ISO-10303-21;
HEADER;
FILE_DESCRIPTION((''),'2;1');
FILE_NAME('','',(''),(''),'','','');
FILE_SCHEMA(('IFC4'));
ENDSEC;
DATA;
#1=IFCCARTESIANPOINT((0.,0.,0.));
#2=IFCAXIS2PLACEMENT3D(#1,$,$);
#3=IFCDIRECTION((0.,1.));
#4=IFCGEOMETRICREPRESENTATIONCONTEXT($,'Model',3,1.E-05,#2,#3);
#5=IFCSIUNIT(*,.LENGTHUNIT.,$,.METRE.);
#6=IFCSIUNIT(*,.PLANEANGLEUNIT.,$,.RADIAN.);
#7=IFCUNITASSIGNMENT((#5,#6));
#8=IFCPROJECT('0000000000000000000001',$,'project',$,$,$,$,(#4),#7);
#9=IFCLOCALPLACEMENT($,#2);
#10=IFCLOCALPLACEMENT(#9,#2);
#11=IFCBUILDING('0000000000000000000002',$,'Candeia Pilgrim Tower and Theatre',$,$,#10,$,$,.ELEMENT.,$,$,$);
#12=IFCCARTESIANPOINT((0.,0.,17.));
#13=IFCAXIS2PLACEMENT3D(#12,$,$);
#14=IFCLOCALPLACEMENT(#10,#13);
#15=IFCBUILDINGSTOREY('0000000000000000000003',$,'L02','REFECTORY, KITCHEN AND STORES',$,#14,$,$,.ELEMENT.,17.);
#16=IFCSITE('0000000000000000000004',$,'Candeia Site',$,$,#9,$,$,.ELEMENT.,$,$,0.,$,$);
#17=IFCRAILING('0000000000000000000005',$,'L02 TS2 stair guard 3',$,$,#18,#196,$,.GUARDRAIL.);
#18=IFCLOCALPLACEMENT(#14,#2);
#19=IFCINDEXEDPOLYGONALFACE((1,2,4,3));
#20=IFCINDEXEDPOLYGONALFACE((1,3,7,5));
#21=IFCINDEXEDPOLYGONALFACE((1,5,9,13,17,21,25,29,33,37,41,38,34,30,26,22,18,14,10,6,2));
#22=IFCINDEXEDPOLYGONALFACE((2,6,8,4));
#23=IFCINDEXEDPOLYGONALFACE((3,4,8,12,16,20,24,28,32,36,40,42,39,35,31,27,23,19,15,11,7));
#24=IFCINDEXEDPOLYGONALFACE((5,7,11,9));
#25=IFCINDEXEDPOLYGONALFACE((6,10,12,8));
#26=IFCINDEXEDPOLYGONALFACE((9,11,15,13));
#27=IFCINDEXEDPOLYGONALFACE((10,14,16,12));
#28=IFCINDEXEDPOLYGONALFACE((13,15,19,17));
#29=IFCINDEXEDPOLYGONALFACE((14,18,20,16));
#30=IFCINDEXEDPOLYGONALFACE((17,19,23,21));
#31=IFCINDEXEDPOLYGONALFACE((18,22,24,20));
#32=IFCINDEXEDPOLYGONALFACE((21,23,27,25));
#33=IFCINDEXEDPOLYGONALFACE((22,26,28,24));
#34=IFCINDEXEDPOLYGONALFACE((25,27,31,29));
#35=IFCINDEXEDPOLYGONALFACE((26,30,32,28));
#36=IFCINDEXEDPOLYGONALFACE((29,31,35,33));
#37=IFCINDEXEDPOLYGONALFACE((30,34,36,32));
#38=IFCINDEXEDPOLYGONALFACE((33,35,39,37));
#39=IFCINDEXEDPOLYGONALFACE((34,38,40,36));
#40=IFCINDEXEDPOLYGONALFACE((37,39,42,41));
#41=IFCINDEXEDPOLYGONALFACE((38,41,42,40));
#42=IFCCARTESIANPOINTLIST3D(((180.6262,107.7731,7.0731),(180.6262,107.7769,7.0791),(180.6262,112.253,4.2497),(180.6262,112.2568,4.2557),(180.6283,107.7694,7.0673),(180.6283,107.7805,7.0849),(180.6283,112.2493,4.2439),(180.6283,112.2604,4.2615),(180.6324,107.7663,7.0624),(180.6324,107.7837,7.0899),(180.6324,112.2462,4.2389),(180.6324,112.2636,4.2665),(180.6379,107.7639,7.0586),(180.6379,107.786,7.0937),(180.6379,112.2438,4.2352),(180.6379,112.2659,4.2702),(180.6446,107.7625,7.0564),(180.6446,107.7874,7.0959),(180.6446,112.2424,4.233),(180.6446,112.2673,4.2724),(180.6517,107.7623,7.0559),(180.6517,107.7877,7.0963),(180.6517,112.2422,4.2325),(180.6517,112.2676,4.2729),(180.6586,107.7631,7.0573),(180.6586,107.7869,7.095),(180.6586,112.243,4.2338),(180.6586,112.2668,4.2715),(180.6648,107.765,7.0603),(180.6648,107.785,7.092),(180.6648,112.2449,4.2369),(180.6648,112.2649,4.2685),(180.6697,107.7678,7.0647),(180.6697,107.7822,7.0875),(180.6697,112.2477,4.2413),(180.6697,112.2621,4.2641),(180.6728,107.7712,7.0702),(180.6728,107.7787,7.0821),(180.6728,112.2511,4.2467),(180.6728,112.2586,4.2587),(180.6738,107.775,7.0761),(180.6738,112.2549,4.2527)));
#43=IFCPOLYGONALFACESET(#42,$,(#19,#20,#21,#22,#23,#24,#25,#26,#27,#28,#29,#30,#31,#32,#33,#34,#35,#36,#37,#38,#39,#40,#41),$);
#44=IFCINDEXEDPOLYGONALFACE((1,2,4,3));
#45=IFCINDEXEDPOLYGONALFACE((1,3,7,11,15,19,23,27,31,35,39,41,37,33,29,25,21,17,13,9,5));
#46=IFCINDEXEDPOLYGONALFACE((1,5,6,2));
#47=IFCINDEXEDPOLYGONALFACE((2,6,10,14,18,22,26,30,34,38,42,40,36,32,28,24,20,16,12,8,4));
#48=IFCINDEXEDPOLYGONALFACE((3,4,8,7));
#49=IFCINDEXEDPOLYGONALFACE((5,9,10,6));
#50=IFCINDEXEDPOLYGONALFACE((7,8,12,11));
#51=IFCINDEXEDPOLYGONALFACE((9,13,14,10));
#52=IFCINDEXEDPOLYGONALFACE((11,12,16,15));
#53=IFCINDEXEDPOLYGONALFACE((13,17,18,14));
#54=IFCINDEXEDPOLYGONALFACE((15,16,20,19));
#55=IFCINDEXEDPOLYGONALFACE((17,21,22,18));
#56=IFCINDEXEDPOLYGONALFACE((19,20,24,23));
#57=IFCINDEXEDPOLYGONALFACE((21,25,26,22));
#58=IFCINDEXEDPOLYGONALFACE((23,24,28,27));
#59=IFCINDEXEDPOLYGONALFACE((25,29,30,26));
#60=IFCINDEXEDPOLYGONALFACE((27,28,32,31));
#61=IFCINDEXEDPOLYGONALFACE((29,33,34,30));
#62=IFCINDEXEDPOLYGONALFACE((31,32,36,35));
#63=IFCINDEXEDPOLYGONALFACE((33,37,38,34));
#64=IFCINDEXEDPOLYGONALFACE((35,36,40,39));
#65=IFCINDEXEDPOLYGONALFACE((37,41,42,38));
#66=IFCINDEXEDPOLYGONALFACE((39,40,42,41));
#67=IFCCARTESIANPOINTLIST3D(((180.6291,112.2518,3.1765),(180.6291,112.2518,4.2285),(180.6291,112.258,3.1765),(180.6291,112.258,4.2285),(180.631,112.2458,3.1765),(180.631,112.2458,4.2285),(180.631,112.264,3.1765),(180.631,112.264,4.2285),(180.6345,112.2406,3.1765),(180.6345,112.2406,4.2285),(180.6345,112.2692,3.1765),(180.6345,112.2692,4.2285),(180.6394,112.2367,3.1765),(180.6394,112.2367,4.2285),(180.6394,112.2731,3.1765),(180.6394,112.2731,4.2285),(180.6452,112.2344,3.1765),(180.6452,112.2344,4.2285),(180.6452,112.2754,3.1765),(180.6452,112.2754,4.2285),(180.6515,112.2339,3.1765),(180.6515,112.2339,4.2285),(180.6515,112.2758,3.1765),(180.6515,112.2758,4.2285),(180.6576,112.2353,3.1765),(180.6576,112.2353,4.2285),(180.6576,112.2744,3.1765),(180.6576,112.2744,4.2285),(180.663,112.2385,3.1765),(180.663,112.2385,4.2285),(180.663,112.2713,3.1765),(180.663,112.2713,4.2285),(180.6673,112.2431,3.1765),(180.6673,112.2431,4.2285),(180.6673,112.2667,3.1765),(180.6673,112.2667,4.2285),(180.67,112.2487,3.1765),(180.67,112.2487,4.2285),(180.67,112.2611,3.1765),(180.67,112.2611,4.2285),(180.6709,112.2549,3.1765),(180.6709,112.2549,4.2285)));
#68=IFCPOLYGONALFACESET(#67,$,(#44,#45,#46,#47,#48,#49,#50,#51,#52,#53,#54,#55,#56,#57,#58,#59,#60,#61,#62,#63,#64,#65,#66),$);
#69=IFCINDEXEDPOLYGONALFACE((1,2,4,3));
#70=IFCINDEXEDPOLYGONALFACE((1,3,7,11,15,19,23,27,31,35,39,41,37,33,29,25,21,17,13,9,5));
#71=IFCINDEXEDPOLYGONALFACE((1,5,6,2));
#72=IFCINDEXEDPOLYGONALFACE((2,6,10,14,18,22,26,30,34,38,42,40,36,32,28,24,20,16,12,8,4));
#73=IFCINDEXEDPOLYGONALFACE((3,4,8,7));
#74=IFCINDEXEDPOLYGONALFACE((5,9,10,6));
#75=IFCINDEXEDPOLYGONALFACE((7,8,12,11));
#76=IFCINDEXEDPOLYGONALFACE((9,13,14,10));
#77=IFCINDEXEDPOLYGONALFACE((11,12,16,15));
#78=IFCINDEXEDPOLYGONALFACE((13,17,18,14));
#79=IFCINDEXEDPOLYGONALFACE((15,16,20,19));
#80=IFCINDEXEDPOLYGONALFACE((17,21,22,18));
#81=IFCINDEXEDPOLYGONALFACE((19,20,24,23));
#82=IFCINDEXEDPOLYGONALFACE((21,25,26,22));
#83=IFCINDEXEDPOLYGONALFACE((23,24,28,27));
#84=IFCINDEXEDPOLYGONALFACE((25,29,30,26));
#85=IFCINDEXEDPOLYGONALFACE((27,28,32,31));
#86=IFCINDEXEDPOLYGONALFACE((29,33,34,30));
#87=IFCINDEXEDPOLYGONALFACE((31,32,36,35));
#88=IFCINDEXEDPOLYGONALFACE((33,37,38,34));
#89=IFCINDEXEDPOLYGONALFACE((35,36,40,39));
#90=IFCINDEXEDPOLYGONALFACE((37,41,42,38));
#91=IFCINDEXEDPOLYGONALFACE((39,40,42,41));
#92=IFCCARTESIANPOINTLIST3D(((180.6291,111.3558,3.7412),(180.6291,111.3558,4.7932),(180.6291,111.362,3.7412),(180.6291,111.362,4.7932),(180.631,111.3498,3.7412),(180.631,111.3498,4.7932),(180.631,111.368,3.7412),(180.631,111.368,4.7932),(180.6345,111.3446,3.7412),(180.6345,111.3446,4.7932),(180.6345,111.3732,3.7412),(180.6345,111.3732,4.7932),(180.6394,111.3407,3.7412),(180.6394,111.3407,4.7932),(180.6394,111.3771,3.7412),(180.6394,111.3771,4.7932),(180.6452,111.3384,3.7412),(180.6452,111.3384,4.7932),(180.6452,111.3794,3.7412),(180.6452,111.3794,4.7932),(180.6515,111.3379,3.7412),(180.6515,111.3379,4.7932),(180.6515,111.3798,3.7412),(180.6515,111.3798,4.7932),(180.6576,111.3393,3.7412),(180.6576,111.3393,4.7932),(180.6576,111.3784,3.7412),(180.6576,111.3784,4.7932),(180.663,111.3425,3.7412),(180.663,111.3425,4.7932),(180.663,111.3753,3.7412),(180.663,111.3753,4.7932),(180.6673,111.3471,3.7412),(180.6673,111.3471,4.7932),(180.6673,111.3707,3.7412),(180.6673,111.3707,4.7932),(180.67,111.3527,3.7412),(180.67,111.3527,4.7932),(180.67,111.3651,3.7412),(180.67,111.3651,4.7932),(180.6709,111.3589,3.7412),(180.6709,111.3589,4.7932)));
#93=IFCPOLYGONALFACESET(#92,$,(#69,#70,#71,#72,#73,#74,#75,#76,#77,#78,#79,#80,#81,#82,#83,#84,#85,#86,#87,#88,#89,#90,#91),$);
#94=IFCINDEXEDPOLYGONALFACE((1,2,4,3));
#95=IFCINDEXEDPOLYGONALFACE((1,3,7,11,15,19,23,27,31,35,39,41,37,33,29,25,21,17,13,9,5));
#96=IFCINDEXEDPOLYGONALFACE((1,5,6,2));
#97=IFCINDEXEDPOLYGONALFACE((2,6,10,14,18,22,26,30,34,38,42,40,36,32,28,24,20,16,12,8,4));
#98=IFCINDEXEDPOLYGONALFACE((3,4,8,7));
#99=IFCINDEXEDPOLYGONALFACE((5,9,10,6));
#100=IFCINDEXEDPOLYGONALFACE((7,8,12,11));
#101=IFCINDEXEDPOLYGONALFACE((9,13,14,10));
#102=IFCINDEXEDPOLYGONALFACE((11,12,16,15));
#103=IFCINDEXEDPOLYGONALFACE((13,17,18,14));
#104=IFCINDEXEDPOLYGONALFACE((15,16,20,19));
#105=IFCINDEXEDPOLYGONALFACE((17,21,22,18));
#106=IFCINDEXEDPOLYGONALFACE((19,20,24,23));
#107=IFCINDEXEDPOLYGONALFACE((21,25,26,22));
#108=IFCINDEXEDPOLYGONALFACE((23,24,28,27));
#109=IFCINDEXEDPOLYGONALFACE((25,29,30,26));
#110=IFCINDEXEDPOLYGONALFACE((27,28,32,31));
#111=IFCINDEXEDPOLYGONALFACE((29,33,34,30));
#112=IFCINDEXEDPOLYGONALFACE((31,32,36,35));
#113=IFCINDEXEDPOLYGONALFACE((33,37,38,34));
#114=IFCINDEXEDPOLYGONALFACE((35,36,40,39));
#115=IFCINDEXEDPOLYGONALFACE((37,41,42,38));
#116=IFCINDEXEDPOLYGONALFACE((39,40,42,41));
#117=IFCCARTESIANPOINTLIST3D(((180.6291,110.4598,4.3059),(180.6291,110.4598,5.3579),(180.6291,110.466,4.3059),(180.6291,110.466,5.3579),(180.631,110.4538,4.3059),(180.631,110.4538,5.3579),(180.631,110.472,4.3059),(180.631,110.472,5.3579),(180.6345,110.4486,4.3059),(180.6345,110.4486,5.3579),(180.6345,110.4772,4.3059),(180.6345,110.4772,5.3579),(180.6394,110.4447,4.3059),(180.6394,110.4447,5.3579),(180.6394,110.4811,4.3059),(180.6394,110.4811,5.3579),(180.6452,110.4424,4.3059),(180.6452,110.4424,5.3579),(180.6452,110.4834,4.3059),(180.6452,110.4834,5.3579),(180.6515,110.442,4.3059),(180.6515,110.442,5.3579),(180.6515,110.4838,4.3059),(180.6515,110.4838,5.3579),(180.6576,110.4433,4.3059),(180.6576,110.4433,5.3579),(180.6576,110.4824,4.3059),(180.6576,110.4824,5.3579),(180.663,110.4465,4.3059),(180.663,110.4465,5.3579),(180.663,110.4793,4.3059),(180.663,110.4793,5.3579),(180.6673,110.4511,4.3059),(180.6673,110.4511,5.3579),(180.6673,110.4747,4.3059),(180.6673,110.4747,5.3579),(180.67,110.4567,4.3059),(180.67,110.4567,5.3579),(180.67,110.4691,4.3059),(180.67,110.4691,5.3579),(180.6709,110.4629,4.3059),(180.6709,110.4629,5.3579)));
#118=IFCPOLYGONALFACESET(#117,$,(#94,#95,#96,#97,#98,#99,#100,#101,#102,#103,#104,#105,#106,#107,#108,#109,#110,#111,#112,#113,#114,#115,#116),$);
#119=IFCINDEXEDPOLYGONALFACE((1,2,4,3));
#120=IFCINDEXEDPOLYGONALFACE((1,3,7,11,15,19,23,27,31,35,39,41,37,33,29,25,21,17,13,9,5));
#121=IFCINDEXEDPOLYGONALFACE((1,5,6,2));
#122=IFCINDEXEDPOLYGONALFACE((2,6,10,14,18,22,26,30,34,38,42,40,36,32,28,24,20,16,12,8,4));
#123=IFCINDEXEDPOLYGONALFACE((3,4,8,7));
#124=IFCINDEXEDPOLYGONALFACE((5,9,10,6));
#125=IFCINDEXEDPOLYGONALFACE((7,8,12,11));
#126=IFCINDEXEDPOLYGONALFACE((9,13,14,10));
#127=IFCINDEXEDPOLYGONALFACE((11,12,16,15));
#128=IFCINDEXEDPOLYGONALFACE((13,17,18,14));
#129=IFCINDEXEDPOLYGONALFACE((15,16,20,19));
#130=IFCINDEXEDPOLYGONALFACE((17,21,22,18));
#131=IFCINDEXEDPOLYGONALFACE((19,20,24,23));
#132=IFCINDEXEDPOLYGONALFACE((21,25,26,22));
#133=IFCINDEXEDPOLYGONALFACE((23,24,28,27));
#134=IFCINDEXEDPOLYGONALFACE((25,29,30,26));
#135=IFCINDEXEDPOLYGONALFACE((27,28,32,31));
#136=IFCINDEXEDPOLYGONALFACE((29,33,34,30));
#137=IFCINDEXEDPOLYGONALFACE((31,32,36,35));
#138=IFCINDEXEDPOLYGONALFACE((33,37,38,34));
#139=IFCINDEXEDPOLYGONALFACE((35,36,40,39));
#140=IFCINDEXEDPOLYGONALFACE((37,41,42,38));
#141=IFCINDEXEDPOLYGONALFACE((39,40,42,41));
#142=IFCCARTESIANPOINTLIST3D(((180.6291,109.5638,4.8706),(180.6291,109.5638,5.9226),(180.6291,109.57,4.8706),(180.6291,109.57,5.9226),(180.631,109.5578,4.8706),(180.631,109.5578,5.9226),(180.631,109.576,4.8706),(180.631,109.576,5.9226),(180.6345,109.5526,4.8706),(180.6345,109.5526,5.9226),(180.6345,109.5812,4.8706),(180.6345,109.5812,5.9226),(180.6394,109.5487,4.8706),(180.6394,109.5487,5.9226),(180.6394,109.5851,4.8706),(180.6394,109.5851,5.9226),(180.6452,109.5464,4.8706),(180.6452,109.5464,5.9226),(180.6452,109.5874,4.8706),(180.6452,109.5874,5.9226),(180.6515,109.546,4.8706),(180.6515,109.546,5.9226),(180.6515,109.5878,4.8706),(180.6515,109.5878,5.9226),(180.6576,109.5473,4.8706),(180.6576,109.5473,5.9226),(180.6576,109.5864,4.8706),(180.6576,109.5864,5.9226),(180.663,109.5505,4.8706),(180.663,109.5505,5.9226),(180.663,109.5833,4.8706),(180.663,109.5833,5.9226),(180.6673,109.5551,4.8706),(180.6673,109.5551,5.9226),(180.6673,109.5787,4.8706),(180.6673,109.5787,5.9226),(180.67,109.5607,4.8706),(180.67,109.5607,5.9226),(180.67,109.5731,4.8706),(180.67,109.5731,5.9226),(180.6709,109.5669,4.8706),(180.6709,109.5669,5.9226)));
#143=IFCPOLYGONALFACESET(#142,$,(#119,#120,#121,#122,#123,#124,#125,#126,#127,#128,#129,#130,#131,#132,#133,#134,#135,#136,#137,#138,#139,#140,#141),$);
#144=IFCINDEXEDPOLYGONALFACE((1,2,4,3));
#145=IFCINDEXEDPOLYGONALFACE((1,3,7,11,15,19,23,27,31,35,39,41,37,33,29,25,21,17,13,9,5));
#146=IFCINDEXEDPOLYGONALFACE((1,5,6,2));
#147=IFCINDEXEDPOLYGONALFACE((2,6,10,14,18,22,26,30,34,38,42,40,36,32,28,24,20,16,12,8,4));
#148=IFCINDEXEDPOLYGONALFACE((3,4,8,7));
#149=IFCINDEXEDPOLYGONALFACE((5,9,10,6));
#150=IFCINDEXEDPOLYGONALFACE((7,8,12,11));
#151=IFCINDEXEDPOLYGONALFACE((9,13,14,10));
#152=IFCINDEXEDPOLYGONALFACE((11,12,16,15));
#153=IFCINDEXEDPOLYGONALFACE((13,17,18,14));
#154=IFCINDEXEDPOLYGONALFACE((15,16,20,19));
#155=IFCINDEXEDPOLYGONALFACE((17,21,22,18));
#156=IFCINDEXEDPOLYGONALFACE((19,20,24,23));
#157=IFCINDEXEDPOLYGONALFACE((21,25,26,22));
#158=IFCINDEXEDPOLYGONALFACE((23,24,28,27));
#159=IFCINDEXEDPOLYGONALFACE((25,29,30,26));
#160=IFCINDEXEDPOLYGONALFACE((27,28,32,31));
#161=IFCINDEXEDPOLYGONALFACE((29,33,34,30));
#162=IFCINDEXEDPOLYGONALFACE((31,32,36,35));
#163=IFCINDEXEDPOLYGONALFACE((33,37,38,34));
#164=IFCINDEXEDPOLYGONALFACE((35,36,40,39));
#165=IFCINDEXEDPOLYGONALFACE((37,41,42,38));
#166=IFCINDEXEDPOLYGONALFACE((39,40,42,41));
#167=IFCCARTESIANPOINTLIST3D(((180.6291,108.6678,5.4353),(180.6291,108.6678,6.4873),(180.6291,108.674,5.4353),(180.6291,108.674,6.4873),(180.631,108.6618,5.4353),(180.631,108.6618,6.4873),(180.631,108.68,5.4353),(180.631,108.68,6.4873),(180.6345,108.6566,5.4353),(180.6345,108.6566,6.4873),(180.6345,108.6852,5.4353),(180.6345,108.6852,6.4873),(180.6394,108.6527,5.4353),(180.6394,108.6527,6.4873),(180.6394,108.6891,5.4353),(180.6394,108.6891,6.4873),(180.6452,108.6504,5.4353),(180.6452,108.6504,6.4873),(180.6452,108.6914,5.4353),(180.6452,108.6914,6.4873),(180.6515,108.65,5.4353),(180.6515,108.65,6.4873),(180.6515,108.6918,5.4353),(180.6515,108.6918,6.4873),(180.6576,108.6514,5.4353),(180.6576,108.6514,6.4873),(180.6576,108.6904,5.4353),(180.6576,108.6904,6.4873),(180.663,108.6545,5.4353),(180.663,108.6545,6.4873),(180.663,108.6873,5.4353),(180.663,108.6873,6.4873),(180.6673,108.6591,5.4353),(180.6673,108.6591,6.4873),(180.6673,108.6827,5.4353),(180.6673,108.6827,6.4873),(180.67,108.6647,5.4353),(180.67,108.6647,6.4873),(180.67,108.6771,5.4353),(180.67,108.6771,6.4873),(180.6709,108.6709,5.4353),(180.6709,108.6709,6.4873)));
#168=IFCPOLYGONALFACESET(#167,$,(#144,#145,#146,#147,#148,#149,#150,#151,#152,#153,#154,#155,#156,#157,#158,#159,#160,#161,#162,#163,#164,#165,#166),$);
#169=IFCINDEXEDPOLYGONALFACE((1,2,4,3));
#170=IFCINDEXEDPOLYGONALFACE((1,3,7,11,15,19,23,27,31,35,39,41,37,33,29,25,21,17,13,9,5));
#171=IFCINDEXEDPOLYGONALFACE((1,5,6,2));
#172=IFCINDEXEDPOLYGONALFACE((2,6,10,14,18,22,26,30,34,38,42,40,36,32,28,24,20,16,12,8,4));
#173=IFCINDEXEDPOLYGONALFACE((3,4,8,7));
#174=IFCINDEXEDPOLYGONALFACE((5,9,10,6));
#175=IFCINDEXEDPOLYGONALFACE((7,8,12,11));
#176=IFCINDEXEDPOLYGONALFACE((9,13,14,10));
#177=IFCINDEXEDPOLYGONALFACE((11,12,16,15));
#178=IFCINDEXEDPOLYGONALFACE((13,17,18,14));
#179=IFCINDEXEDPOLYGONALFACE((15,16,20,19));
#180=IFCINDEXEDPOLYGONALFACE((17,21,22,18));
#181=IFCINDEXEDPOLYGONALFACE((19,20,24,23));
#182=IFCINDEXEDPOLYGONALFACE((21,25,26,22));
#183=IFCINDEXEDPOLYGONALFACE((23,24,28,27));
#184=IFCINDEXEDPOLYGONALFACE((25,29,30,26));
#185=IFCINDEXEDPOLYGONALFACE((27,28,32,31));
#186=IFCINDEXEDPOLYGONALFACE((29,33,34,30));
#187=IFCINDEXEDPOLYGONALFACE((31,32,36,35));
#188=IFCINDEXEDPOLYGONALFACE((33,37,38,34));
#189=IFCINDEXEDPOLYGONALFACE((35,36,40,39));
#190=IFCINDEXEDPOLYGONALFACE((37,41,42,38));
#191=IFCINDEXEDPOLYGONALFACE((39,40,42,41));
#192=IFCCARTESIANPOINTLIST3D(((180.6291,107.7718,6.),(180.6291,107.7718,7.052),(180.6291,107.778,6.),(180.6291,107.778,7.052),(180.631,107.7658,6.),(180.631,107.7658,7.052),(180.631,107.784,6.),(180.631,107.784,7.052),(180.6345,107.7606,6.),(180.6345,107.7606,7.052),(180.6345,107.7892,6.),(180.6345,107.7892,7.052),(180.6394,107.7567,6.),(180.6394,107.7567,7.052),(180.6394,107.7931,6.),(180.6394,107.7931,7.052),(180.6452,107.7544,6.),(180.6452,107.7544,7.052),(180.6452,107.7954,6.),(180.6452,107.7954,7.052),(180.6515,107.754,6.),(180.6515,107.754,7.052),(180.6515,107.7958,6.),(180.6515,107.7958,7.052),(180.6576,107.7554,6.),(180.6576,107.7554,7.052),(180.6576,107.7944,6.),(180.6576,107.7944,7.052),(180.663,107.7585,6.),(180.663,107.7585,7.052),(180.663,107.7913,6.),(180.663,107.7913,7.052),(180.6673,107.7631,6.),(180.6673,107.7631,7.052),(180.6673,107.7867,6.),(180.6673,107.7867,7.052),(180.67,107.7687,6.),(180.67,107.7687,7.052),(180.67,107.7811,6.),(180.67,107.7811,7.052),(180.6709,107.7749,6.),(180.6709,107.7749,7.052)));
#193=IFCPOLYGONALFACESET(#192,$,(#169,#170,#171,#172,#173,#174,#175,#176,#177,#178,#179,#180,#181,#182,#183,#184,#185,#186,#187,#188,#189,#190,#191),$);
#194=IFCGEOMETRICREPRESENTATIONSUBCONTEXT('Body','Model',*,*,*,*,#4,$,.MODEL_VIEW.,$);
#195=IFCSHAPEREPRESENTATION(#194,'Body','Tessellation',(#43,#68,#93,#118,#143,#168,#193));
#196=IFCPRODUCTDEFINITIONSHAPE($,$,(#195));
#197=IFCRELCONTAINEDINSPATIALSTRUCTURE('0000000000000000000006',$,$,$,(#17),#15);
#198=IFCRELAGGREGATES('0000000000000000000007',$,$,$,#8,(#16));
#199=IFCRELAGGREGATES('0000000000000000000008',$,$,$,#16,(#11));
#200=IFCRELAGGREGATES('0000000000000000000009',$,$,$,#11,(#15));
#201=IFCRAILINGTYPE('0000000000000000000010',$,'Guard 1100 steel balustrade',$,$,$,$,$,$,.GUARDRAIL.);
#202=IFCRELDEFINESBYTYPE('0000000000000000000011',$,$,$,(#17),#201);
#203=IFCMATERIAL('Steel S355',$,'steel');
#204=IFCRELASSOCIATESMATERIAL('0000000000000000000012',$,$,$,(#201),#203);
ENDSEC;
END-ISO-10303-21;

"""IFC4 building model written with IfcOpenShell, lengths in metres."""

from ifc_helpers import new_model, si_unit, direction, frame, origin, origin_2d, place, context, subcontext, project, spatial, circle, extrude, material, type_object, element, save


model = new_model("IFC4")

# Units and contexts
model_context = context("Model", 3, precision=1e-05, world=origin(), true_north=direction((0.0, 1.0)))
body_context = subcontext(model_context, "Body", "Model", "MODEL_VIEW")
ifc_project = project(units=[si_unit("LENGTHUNIT", "METRE"), si_unit("PLANEANGLEUNIT", "RADIAN")], contexts=[model_context])

# Site, building, storey
site_placement = place(None, origin())
site = spatial("IfcSite", under=ifc_project, at=site_placement, Name="Candeia Site", CompositionType="ELEMENT", RefElevation=0.0)
building_placement = place(site_placement, origin())
building = spatial("IfcBuilding", under=site, at=building_placement, Name="Candeia Pilgrim Tower and Theatre", CompositionType="ELEMENT")
storey_placement = place(building_placement, frame((0.0, 0.0, 17.0)))
storey = spatial("IfcBuildingStorey", under=building, at=storey_placement, Name="L02", Description="REFECTORY, KITCHEN AND STORES", CompositionType="ELEMENT", Elevation=17.0)

# Railing
ifc_material_1 = material(Name="Steel S355", Category="steel")
railing_type_1 = type_object("IfcRailingType", Name="Guard 1100 steel balustrade", PredefinedType="GUARDRAIL", material=ifc_material_1)
railing_1_placement = place(storey_placement, frame((180.6499, 112.2549, 3.1765)))
element("IfcRailing", 1, at=railing_1_placement, inside=storey, type_object=railing_type_1, Name="L02 TS2 stair guard 3", PredefinedType="GUARDRAIL", context=body_context, shape_type="SweptSolid", body=[
    extrude(circle(Radius=0.0239, at=origin_2d()), frame((0.0, 0.0, 1.0762), z_axis=(0.0, -0.845998, 0.533186), x_axis=(1.0, 0.0, 0.0)), (0.0, 0.0, 1.0), 5.2954),
    extrude(circle(Radius=0.021, at=origin_2d()), origin(), (0.0, 0.0, 1.0), 1.052),
    extrude(circle(Radius=0.021, at=origin_2d()), frame((0.0, -0.896, 0.5647)), (0.0, 0.0, 1.0), 1.052),
    extrude(circle(Radius=0.021, at=origin_2d()), frame((0.0, -1.792, 1.1294)), (0.0, 0.0, 1.0), 1.052),
    extrude(circle(Radius=0.021, at=origin_2d()), frame((0.0, -2.688, 1.6941)), (0.0, 0.0, 1.0), 1.052),
    extrude(circle(Radius=0.021, at=origin_2d()), frame((0.0, -3.584, 2.2588)), (0.0, 0.0, 1.0), 1.052),
    extrude(circle(Radius=0.021, at=origin_2d()), frame((0.0, -4.48, 2.8235)), (0.0, 0.0, 1.0), 1.052),
])

save(model, "model.ifc")
